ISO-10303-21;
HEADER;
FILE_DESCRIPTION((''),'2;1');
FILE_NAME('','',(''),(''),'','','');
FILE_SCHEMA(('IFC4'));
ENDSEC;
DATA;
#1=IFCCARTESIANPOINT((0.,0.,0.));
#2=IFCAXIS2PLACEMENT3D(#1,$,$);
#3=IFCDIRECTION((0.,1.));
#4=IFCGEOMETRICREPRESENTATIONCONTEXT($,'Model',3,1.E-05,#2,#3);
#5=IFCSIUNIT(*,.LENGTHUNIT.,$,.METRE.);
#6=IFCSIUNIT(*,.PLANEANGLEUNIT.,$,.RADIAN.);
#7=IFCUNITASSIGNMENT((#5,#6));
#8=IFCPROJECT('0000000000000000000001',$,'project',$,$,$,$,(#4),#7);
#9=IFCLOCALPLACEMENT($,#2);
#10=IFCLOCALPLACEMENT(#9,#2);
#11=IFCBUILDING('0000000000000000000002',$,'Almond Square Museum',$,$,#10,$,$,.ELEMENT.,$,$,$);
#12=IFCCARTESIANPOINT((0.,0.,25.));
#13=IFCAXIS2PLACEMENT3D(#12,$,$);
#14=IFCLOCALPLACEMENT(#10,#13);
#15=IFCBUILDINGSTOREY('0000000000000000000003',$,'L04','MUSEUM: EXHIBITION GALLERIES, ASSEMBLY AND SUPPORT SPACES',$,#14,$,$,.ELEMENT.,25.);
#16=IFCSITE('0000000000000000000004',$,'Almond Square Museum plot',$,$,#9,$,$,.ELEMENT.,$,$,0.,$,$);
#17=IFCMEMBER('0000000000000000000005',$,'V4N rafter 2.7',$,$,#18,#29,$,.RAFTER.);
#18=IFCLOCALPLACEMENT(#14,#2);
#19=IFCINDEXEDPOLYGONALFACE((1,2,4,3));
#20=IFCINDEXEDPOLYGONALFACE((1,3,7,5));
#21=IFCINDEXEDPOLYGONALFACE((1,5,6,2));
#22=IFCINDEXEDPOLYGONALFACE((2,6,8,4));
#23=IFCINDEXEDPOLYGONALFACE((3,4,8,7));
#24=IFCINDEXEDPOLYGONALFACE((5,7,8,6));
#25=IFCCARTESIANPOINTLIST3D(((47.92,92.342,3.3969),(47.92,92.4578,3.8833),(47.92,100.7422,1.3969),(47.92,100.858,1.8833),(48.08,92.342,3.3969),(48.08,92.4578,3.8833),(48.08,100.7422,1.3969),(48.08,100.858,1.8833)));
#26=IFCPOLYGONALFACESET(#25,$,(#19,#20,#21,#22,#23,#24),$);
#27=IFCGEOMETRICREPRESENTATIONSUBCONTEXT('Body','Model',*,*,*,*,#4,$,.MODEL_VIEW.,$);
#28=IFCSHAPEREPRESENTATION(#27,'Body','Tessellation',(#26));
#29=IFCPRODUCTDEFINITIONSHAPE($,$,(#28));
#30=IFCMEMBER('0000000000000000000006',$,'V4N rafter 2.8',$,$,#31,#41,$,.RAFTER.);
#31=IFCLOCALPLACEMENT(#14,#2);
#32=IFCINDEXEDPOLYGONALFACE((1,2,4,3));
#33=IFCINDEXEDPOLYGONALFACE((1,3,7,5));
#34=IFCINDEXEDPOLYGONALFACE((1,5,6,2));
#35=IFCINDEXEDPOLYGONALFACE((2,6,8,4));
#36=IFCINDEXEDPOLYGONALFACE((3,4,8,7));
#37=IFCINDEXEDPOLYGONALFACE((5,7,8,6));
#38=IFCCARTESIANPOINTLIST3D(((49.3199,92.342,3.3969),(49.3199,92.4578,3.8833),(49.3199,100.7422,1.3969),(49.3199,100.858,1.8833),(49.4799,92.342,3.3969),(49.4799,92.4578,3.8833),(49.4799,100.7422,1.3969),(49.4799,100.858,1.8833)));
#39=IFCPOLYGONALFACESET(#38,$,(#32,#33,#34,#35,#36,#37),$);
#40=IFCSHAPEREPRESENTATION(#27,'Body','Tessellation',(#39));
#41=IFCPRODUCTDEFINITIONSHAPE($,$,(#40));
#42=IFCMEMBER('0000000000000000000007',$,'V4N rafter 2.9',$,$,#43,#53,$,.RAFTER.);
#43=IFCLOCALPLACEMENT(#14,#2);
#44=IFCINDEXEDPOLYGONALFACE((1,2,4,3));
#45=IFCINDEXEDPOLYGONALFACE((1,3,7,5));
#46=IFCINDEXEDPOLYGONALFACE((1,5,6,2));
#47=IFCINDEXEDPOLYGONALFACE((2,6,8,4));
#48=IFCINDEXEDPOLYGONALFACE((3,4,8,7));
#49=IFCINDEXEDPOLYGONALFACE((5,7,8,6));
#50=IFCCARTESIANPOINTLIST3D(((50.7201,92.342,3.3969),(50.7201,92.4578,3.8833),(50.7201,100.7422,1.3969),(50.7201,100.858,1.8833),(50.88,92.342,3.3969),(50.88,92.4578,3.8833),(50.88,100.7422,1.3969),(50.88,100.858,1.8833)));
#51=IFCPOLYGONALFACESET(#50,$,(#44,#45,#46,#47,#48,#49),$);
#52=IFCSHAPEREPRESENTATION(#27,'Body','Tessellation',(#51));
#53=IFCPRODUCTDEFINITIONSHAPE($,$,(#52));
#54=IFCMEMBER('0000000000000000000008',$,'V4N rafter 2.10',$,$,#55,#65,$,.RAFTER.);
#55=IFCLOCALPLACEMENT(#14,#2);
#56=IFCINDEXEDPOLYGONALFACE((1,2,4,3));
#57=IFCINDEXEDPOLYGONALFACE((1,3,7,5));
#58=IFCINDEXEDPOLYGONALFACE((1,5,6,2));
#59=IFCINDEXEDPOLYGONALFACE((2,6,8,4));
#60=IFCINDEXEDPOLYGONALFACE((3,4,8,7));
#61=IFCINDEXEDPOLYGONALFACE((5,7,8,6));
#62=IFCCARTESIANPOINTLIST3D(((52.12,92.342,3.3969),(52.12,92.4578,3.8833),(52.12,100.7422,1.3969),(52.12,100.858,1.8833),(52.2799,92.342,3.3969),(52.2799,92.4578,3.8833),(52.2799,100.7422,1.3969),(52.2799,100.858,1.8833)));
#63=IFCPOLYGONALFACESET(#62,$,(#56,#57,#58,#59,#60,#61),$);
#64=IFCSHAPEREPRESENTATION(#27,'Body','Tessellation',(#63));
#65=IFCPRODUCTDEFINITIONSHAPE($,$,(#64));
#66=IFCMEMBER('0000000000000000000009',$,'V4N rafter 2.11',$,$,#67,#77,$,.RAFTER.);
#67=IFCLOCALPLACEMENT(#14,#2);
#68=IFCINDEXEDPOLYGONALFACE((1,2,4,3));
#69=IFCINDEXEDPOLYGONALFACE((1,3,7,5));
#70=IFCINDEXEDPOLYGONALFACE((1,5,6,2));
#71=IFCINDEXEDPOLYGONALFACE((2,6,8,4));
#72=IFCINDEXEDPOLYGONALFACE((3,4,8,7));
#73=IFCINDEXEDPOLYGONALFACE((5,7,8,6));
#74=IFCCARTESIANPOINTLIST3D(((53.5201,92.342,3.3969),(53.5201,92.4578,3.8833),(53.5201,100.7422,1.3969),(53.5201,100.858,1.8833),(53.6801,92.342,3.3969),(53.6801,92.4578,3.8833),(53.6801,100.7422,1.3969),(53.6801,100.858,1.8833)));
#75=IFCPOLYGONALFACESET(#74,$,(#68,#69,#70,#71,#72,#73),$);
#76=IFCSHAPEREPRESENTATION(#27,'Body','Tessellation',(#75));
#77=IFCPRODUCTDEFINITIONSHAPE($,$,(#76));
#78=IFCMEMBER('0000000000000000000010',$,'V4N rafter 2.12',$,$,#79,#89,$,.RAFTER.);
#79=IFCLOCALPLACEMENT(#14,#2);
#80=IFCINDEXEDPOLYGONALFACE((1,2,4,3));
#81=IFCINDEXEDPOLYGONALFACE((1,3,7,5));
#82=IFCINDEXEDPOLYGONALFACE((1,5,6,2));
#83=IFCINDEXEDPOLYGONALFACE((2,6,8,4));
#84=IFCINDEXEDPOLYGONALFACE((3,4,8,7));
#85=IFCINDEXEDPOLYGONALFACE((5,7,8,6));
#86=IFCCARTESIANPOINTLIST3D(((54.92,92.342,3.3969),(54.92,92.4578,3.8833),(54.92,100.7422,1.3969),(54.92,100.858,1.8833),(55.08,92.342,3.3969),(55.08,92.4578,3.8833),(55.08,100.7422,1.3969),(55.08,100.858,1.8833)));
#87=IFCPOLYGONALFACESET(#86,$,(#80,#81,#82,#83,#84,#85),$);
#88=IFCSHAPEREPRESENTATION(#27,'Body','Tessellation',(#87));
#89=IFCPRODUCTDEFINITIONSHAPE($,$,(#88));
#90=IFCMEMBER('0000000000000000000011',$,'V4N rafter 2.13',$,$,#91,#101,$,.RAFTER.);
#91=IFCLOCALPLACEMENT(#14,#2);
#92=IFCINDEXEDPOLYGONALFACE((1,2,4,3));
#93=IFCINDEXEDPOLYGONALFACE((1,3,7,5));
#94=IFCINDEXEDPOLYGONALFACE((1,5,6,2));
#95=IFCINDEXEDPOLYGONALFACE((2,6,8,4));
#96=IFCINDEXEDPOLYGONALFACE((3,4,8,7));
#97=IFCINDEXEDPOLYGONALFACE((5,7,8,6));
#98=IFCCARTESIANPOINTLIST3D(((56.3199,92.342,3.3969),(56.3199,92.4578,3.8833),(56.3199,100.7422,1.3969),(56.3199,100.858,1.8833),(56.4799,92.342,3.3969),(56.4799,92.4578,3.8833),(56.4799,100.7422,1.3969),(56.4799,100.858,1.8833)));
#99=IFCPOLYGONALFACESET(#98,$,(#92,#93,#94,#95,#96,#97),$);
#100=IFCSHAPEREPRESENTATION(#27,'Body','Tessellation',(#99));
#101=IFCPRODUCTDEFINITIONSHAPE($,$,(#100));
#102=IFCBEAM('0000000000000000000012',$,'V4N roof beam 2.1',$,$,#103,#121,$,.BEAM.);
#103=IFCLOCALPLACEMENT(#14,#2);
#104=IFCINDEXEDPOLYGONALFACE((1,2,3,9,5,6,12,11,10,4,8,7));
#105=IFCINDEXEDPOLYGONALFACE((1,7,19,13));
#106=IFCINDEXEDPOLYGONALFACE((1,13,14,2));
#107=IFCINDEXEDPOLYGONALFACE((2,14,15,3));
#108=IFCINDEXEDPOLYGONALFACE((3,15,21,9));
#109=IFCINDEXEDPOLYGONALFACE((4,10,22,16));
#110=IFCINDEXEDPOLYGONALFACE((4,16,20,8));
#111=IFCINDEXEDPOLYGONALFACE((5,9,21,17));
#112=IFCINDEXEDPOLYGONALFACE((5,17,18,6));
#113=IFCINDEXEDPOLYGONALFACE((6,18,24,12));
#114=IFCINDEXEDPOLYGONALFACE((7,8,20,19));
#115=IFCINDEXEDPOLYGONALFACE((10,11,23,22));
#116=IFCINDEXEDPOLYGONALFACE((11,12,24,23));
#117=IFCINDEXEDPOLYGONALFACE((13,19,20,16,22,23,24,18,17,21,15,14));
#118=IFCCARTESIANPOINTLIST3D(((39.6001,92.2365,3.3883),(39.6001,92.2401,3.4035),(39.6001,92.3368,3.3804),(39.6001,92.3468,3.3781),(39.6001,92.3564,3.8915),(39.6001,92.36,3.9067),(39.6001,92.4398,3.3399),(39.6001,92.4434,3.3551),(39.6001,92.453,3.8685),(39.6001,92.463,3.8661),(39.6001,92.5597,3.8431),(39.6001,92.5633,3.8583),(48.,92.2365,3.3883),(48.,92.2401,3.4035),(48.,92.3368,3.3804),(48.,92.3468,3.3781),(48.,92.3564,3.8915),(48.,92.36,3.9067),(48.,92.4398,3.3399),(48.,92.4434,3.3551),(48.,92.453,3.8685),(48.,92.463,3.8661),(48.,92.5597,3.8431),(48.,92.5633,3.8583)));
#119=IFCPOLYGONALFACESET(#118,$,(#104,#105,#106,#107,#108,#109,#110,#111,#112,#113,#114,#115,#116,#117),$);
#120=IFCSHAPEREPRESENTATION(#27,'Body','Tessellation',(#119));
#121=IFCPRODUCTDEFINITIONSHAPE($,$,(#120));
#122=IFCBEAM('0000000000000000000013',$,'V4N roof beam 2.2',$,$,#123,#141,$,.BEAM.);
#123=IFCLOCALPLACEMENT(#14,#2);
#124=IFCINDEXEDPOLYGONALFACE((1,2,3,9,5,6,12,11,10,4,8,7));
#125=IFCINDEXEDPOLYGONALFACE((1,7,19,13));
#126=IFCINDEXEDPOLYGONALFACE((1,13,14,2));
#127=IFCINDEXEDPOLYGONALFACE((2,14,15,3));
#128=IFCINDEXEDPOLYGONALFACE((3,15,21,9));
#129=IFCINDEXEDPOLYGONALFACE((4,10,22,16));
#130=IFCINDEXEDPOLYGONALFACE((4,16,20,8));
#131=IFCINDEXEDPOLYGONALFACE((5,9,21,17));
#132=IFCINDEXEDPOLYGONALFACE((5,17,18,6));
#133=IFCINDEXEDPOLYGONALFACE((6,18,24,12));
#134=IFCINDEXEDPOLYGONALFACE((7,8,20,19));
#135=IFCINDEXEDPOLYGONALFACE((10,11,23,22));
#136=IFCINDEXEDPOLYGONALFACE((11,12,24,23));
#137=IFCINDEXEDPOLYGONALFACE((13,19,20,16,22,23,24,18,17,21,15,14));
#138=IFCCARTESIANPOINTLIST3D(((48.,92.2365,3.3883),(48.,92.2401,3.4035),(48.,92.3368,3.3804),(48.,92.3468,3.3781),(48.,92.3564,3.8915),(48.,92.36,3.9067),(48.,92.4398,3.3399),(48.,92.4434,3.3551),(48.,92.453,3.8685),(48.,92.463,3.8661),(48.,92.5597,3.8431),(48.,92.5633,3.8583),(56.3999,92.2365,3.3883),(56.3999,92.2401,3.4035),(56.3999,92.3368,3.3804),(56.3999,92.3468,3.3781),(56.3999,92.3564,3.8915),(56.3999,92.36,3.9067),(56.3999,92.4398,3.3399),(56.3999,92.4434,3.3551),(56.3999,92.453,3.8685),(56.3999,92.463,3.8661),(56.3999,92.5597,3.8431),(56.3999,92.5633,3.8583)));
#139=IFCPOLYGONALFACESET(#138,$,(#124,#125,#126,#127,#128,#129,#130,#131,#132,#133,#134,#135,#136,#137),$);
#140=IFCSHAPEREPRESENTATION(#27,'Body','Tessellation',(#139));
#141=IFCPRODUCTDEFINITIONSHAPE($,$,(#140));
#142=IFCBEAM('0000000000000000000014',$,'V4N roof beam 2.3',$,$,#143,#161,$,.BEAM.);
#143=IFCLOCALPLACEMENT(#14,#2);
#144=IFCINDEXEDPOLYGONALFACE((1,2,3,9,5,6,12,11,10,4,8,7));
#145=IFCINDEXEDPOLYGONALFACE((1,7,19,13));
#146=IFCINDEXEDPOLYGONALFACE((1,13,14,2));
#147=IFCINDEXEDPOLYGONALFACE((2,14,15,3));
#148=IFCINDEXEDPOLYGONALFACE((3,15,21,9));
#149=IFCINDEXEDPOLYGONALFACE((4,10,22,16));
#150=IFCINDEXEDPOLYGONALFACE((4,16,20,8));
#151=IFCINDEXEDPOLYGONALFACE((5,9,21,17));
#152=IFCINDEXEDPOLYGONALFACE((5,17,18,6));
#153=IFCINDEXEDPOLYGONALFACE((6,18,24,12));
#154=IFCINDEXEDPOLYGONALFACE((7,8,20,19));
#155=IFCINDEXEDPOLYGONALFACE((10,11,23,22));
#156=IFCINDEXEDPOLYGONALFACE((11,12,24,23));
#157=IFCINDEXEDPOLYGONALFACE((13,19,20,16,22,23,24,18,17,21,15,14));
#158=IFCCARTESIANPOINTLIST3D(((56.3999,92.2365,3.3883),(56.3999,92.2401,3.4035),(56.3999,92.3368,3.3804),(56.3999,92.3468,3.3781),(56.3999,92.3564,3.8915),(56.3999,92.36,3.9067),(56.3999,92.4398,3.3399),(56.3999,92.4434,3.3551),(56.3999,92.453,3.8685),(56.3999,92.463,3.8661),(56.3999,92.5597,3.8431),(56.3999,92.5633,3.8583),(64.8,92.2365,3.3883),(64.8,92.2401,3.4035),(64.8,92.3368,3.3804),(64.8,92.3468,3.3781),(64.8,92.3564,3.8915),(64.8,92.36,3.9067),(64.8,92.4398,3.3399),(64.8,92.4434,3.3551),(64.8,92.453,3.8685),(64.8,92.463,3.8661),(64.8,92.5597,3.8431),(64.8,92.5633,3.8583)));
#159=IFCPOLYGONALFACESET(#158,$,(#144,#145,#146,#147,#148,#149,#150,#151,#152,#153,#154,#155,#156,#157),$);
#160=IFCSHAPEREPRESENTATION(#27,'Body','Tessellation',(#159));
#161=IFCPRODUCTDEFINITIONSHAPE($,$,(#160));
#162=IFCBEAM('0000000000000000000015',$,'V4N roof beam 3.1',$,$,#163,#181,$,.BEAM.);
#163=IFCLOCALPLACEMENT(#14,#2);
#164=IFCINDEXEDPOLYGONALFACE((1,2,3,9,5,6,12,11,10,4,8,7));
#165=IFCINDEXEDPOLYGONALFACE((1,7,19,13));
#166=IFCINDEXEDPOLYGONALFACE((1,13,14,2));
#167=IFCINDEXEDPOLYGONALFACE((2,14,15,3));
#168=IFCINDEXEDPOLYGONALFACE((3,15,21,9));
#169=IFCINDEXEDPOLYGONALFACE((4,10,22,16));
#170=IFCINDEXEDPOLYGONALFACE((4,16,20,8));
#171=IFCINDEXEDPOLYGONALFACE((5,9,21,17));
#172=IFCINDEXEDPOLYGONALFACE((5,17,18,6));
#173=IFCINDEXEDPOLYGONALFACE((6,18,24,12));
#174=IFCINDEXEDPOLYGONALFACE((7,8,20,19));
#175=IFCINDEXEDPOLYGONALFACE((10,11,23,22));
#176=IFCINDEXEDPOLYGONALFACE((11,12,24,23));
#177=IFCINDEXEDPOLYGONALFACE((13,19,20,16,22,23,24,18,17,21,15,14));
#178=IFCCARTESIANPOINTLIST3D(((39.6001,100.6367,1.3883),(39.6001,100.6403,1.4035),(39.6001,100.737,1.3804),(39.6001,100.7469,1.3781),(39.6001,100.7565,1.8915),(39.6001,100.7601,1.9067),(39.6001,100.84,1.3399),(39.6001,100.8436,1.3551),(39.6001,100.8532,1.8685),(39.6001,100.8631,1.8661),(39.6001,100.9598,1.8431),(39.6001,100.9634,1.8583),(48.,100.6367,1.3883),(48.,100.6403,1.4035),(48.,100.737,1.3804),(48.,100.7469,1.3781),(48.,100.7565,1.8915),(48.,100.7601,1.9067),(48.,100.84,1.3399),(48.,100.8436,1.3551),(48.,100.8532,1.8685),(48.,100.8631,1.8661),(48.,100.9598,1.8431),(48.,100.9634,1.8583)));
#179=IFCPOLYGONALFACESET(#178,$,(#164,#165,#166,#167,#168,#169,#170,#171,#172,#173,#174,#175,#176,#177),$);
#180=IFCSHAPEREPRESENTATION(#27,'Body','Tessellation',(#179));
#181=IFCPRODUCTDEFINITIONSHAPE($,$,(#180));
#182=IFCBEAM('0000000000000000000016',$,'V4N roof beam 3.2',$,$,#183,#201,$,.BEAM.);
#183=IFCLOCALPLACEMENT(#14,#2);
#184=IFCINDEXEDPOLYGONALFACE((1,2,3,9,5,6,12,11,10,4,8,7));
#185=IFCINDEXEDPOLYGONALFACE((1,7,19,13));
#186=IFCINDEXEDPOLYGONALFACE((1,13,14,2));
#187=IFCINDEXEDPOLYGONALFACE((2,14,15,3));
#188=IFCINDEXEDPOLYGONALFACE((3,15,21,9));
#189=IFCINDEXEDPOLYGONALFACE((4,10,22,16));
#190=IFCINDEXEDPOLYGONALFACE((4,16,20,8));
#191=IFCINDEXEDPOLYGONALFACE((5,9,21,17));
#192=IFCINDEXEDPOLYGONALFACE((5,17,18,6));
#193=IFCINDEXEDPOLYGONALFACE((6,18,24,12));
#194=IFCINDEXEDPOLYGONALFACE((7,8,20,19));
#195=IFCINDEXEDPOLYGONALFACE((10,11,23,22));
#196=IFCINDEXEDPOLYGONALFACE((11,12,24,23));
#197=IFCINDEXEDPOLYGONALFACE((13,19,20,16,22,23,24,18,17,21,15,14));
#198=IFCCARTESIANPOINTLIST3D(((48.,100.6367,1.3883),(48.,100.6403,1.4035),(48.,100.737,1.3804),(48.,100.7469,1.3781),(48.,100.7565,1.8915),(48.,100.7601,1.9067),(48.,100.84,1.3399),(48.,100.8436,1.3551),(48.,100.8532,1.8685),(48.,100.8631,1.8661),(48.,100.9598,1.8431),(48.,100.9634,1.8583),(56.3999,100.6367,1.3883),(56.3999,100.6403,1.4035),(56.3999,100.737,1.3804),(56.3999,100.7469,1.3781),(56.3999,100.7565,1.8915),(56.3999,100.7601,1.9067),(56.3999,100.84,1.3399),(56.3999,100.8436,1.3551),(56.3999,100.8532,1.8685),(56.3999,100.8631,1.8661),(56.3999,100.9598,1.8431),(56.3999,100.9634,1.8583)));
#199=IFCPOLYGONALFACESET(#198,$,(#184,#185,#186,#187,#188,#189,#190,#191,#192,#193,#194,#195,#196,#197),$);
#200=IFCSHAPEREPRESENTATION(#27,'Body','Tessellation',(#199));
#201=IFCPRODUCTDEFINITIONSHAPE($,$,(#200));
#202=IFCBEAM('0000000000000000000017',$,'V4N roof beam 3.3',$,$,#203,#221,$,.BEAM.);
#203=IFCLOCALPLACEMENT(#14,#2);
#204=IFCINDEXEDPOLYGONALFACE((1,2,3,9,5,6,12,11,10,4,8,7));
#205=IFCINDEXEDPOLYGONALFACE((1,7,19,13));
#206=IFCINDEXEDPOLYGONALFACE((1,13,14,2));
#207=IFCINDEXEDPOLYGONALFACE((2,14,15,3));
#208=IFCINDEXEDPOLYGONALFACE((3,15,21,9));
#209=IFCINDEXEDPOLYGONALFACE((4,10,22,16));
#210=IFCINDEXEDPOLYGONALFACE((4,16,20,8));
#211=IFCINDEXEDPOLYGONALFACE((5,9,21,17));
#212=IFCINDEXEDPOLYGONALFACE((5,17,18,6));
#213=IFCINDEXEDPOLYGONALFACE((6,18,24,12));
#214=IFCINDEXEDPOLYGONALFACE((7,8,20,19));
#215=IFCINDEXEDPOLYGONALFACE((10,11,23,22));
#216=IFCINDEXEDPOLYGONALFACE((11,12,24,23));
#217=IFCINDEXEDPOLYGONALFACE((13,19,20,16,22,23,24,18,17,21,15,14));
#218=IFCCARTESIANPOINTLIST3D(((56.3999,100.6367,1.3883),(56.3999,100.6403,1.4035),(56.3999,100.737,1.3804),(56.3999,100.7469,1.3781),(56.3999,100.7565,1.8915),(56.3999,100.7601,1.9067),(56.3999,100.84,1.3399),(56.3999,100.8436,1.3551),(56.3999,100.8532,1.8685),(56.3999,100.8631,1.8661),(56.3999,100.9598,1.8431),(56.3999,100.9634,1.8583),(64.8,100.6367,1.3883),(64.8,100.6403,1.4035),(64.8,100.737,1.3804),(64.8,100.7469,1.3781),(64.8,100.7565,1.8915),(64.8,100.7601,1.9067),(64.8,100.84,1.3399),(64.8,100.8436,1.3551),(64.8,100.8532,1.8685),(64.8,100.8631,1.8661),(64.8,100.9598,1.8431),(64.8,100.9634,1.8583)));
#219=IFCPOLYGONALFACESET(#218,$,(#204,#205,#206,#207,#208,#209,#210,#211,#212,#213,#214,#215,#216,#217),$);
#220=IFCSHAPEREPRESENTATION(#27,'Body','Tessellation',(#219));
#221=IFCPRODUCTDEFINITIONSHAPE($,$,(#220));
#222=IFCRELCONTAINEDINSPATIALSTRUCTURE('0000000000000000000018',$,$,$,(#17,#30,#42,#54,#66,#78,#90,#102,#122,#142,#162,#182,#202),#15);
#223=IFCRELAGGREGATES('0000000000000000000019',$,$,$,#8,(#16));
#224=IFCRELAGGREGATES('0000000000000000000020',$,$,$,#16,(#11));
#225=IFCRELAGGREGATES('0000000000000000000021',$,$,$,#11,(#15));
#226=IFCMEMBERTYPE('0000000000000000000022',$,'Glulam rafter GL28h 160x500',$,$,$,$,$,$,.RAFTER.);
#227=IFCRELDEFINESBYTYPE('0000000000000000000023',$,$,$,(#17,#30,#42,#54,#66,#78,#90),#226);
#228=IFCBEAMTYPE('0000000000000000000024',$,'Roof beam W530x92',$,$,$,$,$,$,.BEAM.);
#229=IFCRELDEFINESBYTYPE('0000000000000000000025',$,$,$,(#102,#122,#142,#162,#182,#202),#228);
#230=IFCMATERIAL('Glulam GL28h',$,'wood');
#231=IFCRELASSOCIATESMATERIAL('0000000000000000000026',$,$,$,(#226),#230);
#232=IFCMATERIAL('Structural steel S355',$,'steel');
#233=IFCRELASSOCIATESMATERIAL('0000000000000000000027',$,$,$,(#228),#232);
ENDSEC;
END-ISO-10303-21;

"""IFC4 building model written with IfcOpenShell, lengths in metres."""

from ifc_helpers import new_model, si_unit, direction, frame, origin, origin_2d, place, context, subcontext, project, spatial, rectangle, i_section, extrude, material, material_profile, profile_set, type_object, element, save


model = new_model("IFC4")

# Units and contexts
model_context = context("Model", 3, precision=1e-05, world=origin(), true_north=direction((0.0, 1.0)))
body_context = subcontext(model_context, "Body", "Model", "MODEL_VIEW")
ifc_project = project(units=[si_unit("LENGTHUNIT", "METRE"), si_unit("PLANEANGLEUNIT", "RADIAN")], contexts=[model_context])

# Site, building, storey
site_placement = place(None, origin())
site = spatial("IfcSite", under=ifc_project, at=site_placement, Name="Almond Square Museum plot", CompositionType="ELEMENT", RefElevation=0.0)
building_placement = place(site_placement, origin())
building = spatial("IfcBuilding", under=site, at=building_placement, Name="Almond Square Museum", CompositionType="ELEMENT")
storey_placement = place(building_placement, frame((0.0, 0.0, 25.0)))
storey = spatial("IfcBuildingStorey", under=building, at=storey_placement, Name="L04", Description="MUSEUM: EXHIBITION GALLERIES, ASSEMBLY AND SUPPORT SPACES", CompositionType="ELEMENT", Elevation=25.0)

# Members
ifc_material_1 = material(Name="Glulam GL28h", Category="wood")
ifc_material_profile_1 = material_profile(ifc_material_1, rectangle(XDim=0.1599, YDim=0.5, at=origin_2d()))
ifc_profile_set_1 = profile_set([ifc_material_profile_1], Name="Glulam GL28h")
member_type = type_object("IfcMemberType", Name="Glulam rafter GL28h 160x500", PredefinedType="RAFTER", material=ifc_profile_set_1)
for number, where, z_axis, x_axis, name in (
    (1, (48.0, 92.3999, 3.6401), (0.0, 0.972807, -0.231617), (-1.0, 0.0, 0.0), "V4N rafter 2.7"),
    (2, (49.3999, 92.3999, 3.6401), (0.0, 0.972807, -0.231617), (-1.0, 0.0, 0.0), "V4N rafter 2.8"),
    (3, (50.8, 92.3999, 3.6401), (0.0, 0.972807, -0.231617), (-1.0, 0.0, 0.0), "V4N rafter 2.9"),
    (4, (52.2, 92.3999, 3.6401), (0.0, 0.972807, -0.231617), (-1.0, 0.0, 0.0), "V4N rafter 2.10"),
    (5, (53.6001, 92.3999, 3.6401), (0.0, 0.972807, -0.231617), (-1.0, 0.0, 0.0), "V4N rafter 2.11"),
    (6, (55.0, 92.3999, 3.6401), (0.0, 0.972807, -0.231617), (-1.0, 0.0, 0.0), "V4N rafter 2.12"),
    (7, (56.3999, 92.3999, 3.6401), (0.0, 0.972807, -0.231617), (-1.0, 0.0, 0.0), "V4N rafter 2.13"),
):
    element("IfcMember", number, at=place(storey_placement, frame(where, z_axis=z_axis, x_axis=x_axis)), inside=storey, type_object=member_type, Name=name, PredefinedType="RAFTER", context=body_context, shape_type="SweptSolid", body=[
        extrude(rectangle(XDim=0.1599, YDim=0.5, at=origin_2d()), origin(), (0.0, 0.0, 1.0), 8.635),
    ])

# Beams
ifc_material_2 = material(Name="Structural steel S355", Category="steel")
ifc_material_profile_2 = material_profile(ifc_material_2, i_section(OverallWidth=0.209, OverallDepth=0.533, WebThickness=0.0103, FlangeThickness=0.0156, at=origin_2d()))
ifc_profile_set_2 = profile_set([ifc_material_profile_2], Name="Structural steel S355")
beam_type = type_object("IfcBeamType", Name="Roof beam W530x92", PredefinedType="BEAM", material=ifc_profile_set_2)
for number, where, z_axis, x_axis, name in (
    (8, (39.6001, 92.3999, 3.6233), (1.0, 0.0, 0.0), (0.0, 0.972806, -0.231621), "V4N roof beam 2.1"),
    (9, (48.0, 92.3999, 3.6233), (1.0, 0.0, 0.0), (0.0, 0.972806, -0.231621), "V4N roof beam 2.2"),
):
    element("IfcBeam", number, at=place(storey_placement, frame(where, z_axis=z_axis, x_axis=x_axis)), inside=storey, type_object=beam_type, Name=name, PredefinedType="BEAM", context=body_context, shape_type="SweptSolid", body=[
        extrude(i_section(OverallWidth=0.209, OverallDepth=0.533, WebThickness=0.0103, FlangeThickness=0.0156, at=origin_2d()), origin(), (0.0, 0.0, 1.0), 8.3999),
    ])
beam_1_placement = place(storey_placement, frame((56.3999, 92.3999, 3.6233), z_axis=(1.0, 0.0, 0.0), x_axis=(0.0, 0.972806, -0.231621)))
element("IfcBeam", 10, at=beam_1_placement, inside=storey, type_object=beam_type, Name="V4N roof beam 2.3", PredefinedType="BEAM", context=body_context, shape_type="SweptSolid", body=[
    extrude(i_section(OverallWidth=0.209, OverallDepth=0.533, WebThickness=0.0103, FlangeThickness=0.0156, at=origin_2d()), origin(), (0.0, 0.0, 1.0), 8.4001),
])
for number, where, z_axis, x_axis, name in (
    (11, (39.6001, 100.8, 1.6233), (1.0, 0.0, 0.0), (0.0, 0.972806, -0.231621), "V4N roof beam 3.1"),
    (12, (48.0, 100.8, 1.6233), (1.0, 0.0, 0.0), (0.0, 0.972806, -0.231621), "V4N roof beam 3.2"),
):
    element("IfcBeam", number, at=place(storey_placement, frame(where, z_axis=z_axis, x_axis=x_axis)), inside=storey, type_object=beam_type, Name=name, PredefinedType="BEAM", context=body_context, shape_type="SweptSolid", body=[
        extrude(i_section(OverallWidth=0.209, OverallDepth=0.533, WebThickness=0.0103, FlangeThickness=0.0156, at=origin_2d()), origin(), (0.0, 0.0, 1.0), 8.3999),
    ])
beam_2_placement = place(storey_placement, frame((56.3999, 100.8, 1.6233), z_axis=(1.0, 0.0, 0.0), x_axis=(0.0, 0.972806, -0.231621)))
element("IfcBeam", 13, at=beam_2_placement, inside=storey, type_object=beam_type, Name="V4N roof beam 3.3", PredefinedType="BEAM", context=body_context, shape_type="SweptSolid", body=[
    extrude(i_section(OverallWidth=0.209, OverallDepth=0.533, WebThickness=0.0103, FlangeThickness=0.0156, at=origin_2d()), origin(), (0.0, 0.0, 1.0), 8.4001),
])

save(model, "model.ifc")
